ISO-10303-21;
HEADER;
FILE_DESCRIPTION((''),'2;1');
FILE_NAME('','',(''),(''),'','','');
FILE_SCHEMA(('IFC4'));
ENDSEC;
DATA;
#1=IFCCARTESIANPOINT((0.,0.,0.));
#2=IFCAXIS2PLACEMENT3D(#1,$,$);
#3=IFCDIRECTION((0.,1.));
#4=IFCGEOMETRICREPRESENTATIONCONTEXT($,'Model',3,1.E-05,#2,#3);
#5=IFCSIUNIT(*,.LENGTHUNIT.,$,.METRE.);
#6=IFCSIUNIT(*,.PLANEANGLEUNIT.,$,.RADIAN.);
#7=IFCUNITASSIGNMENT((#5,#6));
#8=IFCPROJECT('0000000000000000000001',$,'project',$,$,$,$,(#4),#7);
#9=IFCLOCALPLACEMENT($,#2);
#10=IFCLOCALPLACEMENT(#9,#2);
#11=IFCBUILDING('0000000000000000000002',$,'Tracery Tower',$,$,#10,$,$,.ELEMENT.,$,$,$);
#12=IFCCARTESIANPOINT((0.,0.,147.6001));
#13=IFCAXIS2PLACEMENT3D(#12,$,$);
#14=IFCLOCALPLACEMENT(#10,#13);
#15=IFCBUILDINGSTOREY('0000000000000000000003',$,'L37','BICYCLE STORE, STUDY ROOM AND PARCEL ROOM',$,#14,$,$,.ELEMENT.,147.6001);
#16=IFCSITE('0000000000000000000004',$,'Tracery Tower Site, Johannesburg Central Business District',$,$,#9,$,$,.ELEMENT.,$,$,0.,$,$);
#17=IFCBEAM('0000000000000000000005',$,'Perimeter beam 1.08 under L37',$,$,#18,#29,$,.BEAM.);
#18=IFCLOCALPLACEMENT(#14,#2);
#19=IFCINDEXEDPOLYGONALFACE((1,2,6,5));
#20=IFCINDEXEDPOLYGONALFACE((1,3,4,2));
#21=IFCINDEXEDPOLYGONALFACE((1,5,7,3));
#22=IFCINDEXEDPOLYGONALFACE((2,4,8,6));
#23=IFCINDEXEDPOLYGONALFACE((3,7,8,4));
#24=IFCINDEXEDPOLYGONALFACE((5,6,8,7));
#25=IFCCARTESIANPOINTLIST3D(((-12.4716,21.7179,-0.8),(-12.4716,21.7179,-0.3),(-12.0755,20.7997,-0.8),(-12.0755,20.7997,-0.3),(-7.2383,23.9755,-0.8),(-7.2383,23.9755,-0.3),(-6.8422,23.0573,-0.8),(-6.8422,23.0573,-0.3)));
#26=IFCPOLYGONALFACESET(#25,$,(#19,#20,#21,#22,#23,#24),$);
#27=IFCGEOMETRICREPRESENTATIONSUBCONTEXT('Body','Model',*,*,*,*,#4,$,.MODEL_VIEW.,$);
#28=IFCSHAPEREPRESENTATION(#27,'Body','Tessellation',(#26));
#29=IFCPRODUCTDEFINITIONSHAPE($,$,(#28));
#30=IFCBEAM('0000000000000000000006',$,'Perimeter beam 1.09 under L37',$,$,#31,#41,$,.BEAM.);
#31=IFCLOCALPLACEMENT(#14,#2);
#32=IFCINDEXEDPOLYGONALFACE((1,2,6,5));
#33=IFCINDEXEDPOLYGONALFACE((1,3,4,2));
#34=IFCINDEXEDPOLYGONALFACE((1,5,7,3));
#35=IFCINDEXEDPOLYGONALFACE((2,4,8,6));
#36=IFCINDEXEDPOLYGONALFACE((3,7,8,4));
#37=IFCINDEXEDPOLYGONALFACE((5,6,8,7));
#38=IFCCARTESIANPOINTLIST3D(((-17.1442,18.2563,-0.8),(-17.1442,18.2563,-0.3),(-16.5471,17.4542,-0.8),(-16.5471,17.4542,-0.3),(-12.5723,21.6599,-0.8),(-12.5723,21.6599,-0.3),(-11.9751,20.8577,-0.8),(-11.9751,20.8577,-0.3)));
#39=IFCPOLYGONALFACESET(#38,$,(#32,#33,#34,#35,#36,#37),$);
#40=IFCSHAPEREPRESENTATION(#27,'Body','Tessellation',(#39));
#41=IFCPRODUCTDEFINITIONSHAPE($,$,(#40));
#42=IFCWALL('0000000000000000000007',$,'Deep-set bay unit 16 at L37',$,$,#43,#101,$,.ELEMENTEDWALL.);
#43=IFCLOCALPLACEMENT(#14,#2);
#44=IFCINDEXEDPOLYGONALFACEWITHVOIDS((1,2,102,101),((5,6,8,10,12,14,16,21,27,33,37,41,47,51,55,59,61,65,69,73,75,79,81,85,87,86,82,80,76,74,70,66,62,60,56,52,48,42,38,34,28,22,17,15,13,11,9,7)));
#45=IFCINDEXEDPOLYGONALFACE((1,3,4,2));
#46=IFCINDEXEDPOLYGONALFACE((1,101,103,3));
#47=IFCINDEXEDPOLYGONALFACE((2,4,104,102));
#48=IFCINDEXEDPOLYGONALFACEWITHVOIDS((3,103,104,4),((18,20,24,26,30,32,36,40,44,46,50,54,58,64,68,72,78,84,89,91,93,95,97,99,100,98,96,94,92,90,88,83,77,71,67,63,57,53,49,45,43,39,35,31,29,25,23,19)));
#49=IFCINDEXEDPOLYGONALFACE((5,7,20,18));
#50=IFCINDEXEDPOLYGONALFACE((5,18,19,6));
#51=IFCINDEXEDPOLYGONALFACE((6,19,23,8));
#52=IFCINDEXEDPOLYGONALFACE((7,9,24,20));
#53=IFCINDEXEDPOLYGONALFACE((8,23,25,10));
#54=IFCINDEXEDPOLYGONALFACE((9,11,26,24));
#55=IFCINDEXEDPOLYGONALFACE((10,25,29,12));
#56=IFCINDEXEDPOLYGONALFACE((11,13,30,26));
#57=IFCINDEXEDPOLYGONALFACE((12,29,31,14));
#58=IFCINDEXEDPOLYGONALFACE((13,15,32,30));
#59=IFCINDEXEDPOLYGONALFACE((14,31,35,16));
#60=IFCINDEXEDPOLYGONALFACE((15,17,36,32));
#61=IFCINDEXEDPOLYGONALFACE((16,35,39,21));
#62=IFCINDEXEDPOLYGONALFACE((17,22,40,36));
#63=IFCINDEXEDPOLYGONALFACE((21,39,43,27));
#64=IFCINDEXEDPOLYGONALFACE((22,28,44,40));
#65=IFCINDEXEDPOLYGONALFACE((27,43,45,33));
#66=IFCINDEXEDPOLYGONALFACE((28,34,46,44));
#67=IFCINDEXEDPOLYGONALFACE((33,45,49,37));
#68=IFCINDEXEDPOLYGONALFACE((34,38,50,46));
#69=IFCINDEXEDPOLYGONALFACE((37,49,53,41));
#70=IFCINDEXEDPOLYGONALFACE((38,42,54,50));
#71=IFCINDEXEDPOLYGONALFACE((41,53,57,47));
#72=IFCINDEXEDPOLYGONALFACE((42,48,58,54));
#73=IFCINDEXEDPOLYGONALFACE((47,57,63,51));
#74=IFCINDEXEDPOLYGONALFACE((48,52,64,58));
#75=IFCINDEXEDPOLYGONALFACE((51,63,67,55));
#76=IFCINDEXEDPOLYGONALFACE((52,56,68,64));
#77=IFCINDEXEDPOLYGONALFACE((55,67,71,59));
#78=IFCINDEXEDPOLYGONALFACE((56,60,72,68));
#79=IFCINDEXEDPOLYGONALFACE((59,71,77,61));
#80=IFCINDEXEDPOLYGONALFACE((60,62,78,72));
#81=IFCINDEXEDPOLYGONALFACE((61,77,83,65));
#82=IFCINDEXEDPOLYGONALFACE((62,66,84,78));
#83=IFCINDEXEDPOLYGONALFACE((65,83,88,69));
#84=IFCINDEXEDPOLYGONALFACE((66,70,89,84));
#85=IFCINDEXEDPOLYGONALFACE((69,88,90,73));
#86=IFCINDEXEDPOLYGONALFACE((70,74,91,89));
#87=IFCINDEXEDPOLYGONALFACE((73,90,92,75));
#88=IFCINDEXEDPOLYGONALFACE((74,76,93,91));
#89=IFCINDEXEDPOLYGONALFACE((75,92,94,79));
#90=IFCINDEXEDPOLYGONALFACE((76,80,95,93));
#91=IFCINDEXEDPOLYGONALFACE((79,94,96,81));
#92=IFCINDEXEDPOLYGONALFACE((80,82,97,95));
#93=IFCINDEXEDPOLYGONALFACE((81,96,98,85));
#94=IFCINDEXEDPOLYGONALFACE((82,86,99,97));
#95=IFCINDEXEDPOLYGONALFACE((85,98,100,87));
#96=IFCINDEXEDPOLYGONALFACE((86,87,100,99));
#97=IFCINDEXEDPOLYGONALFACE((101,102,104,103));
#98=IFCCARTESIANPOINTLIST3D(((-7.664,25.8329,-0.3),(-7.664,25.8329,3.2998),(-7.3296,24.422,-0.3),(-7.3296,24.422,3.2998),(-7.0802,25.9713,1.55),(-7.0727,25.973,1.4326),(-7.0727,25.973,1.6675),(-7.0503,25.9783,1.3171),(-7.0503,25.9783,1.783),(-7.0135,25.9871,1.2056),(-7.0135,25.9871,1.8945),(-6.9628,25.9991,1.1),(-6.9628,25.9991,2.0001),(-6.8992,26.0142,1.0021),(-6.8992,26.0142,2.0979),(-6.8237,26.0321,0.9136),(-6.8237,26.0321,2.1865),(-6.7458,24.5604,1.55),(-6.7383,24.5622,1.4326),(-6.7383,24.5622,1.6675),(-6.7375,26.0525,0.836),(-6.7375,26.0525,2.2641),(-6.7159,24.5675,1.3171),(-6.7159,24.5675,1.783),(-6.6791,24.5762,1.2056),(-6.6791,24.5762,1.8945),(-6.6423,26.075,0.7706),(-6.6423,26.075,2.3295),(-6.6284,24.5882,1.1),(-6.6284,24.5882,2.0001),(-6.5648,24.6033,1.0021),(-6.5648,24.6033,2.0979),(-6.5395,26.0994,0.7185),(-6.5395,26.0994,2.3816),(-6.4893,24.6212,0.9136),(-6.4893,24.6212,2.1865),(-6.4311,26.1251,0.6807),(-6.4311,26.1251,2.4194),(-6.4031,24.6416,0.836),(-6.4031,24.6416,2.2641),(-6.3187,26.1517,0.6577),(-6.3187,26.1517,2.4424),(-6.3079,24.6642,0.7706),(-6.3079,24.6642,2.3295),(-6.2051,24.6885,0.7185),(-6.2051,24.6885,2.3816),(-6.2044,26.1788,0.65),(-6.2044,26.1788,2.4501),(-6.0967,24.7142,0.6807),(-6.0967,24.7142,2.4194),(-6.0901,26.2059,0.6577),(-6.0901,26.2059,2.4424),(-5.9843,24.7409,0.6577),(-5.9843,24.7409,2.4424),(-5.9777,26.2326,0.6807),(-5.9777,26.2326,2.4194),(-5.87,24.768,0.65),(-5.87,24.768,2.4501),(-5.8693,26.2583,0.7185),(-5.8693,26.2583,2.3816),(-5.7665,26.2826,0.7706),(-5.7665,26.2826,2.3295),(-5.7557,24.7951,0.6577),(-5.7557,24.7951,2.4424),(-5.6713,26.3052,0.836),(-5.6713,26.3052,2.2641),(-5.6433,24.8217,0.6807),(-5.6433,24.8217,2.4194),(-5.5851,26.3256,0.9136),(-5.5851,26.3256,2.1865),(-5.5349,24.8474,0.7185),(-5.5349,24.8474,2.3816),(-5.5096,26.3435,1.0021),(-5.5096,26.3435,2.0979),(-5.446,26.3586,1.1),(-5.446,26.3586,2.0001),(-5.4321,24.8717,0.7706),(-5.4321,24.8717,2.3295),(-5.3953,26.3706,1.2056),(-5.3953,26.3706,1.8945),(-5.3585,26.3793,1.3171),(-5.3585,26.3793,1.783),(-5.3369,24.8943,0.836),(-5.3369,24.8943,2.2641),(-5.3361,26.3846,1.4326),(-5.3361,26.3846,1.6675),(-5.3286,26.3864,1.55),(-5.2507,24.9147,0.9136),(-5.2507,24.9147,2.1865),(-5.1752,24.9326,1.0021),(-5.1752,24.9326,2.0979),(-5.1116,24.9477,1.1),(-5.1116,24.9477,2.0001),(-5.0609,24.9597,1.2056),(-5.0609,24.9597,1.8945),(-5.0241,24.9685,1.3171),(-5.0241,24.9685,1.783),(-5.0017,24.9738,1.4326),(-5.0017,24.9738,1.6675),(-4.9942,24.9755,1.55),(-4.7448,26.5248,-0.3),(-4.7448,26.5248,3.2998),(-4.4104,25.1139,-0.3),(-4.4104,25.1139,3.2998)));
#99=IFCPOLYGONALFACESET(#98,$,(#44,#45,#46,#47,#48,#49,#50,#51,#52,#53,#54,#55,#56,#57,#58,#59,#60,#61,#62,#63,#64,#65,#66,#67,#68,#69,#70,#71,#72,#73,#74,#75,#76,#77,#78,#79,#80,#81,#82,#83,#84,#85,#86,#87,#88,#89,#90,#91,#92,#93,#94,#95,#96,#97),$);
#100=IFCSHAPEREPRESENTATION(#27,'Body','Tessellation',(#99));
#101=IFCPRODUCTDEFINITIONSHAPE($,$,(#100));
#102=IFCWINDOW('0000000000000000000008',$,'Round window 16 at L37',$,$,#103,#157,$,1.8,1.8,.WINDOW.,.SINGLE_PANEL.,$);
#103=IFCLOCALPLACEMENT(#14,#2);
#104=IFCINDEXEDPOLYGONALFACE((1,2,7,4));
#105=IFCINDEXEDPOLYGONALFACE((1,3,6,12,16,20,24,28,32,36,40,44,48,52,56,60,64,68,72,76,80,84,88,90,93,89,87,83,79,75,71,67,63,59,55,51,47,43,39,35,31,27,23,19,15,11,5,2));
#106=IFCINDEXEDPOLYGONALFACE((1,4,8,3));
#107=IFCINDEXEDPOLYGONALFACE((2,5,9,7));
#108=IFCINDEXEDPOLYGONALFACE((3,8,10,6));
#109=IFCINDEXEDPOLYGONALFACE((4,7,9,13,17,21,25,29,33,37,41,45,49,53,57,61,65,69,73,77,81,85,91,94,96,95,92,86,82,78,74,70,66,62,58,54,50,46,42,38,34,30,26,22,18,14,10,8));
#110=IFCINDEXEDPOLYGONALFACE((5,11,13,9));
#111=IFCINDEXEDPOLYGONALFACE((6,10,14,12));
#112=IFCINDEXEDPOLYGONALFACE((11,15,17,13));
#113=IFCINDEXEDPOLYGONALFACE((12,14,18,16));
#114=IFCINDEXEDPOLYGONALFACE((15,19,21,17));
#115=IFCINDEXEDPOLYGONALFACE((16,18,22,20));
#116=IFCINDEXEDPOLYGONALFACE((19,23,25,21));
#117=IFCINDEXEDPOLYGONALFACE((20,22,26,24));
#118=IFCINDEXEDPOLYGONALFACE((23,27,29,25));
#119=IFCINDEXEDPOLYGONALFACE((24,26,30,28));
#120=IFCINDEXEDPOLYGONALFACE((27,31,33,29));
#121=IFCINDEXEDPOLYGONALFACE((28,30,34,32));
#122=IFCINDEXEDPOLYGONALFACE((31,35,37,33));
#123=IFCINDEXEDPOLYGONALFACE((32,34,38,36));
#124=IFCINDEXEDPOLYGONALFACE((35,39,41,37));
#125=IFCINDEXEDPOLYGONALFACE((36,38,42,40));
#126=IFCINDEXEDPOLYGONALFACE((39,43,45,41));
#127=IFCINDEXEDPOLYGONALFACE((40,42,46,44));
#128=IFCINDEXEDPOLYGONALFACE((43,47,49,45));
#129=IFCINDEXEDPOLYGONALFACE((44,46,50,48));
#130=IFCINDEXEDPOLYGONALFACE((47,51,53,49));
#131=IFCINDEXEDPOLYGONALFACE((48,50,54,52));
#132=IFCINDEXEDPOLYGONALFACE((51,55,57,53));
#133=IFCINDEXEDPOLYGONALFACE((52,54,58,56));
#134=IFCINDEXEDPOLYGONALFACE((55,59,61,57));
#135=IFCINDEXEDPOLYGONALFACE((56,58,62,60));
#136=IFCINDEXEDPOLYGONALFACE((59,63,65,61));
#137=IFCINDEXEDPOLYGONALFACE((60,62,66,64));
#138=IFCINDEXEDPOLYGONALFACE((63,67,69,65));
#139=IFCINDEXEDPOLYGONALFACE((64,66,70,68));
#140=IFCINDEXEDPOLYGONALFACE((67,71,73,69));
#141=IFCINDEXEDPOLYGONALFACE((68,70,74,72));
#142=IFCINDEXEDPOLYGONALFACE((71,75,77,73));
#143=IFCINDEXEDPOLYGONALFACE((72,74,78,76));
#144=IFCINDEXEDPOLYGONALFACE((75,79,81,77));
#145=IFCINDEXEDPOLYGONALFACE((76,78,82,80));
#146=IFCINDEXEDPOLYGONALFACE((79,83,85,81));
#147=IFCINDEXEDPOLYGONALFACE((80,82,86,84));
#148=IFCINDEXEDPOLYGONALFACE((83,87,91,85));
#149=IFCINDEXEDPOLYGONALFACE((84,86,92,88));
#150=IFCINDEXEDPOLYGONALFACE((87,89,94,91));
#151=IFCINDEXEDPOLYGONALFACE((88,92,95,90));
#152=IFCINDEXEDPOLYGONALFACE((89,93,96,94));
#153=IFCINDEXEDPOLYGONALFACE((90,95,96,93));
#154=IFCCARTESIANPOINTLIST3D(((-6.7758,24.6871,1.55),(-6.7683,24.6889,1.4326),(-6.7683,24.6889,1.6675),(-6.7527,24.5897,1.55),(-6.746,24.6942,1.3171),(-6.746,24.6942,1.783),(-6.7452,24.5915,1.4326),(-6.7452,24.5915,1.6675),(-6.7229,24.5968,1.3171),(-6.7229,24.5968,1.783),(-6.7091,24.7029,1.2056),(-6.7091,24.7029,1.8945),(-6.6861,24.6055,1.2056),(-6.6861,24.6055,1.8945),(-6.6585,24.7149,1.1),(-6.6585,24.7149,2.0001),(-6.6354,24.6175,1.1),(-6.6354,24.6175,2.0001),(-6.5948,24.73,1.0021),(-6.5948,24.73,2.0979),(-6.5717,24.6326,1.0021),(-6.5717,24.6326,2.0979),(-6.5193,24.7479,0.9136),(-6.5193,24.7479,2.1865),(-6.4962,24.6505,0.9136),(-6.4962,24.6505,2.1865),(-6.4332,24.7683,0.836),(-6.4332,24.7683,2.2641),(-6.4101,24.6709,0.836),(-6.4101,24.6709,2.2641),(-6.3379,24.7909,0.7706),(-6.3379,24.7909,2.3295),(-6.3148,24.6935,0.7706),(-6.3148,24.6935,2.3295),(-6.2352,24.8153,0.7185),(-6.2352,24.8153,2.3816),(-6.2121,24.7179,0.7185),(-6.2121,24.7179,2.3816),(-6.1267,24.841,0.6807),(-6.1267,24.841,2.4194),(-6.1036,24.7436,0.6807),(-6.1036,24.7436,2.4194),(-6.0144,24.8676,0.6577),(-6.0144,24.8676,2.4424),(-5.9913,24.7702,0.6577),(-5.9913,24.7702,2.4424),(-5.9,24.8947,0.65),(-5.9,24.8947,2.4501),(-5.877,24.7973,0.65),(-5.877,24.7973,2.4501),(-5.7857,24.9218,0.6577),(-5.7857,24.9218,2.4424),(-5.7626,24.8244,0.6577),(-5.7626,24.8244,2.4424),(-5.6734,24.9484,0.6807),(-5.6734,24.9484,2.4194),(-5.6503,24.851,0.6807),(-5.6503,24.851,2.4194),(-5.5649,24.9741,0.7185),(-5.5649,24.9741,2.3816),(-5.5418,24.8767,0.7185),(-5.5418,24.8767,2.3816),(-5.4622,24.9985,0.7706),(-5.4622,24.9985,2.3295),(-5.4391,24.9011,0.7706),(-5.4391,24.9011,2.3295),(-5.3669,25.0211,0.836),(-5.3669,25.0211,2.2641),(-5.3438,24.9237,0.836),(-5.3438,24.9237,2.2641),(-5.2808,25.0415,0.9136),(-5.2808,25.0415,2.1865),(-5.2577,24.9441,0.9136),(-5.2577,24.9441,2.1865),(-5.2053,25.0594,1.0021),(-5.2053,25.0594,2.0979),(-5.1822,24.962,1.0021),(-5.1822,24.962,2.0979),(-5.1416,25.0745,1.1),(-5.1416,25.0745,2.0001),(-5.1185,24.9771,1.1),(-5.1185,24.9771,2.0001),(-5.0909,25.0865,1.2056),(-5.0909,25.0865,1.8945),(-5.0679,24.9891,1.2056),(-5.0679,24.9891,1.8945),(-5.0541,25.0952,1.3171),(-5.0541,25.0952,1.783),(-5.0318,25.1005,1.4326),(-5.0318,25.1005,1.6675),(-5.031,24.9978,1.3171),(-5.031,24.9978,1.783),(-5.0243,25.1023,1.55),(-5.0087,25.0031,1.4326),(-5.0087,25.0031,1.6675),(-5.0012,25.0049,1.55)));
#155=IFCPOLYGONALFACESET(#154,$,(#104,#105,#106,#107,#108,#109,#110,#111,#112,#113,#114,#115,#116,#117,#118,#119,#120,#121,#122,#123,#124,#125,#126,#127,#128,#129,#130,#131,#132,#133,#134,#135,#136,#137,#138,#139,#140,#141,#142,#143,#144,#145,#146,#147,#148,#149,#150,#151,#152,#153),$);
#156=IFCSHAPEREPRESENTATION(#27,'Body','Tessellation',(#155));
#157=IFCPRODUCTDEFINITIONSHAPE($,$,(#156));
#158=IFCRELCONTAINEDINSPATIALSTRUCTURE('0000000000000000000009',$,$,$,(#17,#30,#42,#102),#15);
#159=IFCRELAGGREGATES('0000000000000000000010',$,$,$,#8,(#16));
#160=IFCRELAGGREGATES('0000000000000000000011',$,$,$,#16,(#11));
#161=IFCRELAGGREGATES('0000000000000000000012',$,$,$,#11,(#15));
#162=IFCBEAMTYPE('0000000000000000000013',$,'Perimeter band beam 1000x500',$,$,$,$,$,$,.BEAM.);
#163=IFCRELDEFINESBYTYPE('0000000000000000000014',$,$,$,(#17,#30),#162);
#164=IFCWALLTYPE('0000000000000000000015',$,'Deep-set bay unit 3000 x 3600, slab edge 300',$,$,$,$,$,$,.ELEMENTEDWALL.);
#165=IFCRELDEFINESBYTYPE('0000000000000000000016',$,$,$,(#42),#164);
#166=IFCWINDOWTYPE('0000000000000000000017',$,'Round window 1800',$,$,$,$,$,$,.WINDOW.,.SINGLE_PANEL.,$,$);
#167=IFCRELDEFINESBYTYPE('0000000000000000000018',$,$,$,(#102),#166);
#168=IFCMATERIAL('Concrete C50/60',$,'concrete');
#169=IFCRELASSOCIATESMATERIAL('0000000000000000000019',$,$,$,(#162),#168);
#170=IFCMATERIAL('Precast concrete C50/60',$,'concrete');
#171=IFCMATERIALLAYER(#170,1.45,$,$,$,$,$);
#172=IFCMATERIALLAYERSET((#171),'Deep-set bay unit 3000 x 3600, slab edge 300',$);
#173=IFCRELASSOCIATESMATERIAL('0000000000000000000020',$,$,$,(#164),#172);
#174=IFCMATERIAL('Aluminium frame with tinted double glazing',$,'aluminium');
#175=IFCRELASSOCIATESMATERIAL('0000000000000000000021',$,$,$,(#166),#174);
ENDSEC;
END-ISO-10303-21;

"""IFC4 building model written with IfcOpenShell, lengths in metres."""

from ifc_helpers import new_model, si_unit, direction, frame, frame_2d, origin, origin_2d, place, context, subcontext, project, spatial, rectangle, circle, extrude, material, layer, layer_set, material_profile, profile_set, type_object, element, fill, save


model = new_model("IFC4")

# Units and contexts
model_context = context("Model", 3, precision=1e-05, world=origin(), true_north=direction((0.0, 1.0)))
body_context = subcontext(model_context, "Body", "Model", "MODEL_VIEW")
ifc_project = project(units=[si_unit("LENGTHUNIT", "METRE"), si_unit("PLANEANGLEUNIT", "RADIAN")], contexts=[model_context])

# Site, building, storey
site_placement = place(None, origin())
site = spatial("IfcSite", under=ifc_project, at=site_placement, Name="Tracery Tower Site, Johannesburg Central Business District", CompositionType="ELEMENT", RefElevation=0.0)
building_placement = place(site_placement, origin())
building = spatial("IfcBuilding", under=site, at=building_placement, Name="Tracery Tower", CompositionType="ELEMENT")
storey_placement = place(building_placement, frame((0.0, 0.0, 147.6001)))
storey = spatial("IfcBuildingStorey", under=building, at=storey_placement, Name="L37", Description="BICYCLE STORE, STUDY ROOM AND PARCEL ROOM", CompositionType="ELEMENT", Elevation=147.6001)

# Beams
ifc_material_1 = material(Name="Concrete C50/60", Category="concrete")
ifc_material_profile_1 = material_profile(ifc_material_1, rectangle(XDim=1.0, YDim=0.5, at=origin_2d()), Name="RC 1000x500")
ifc_profile_set_1 = profile_set([ifc_material_profile_1], Name="Concrete C50/60")
beam_type = type_object("IfcBeamType", Name="Perimeter band beam 1000x500", PredefinedType="BEAM", material=ifc_profile_set_1)
beam_1_placement = place(storey_placement, frame((-7.0403, 23.5164, -0.55), z_axis=(-0.91821, -0.396095, 0.0), x_axis=(0.396095, -0.91821, 0.0)))
element("IfcBeam", 1, at=beam_1_placement, inside=storey, type_object=beam_type, Name="Perimeter beam 1.08 under L37", PredefinedType="BEAM", context=body_context, shape_type="SweptSolid", body=[
    extrude(rectangle(XDim=1.0, YDim=0.5, at=origin_2d()), origin(), (0.0, 0.0, 1.0), 5.6995),
])
beam_2_placement = place(storey_placement, frame((-12.2737, 21.2588, -0.55), z_axis=(-0.802138, -0.597138, 0.0), x_axis=(0.597138, -0.802138, 0.0)))
element("IfcBeam", 2, at=beam_2_placement, inside=storey, type_object=beam_type, Name="Perimeter beam 1.09 under L37", PredefinedType="BEAM", context=body_context, shape_type="SweptSolid", body=[
    extrude(rectangle(XDim=1.0, YDim=0.5, at=origin_2d()), origin(), (0.0, 0.0, 1.0), 5.6997),
])

# Wall, opening, window
ifc_material_2 = material(Name="Precast concrete C50/60", Category="concrete")
ifc_layer_1 = layer(ifc_material_2, 1.45)
ifc_layer_set_1 = layer_set([ifc_layer_1], Name="Deep-set bay unit 3000 x 3600, slab edge 300")
wall_type_1 = type_object("IfcWallType", Name="Deep-set bay unit 3000 x 3600, slab edge 300", PredefinedType="ELEMENTEDWALL", material=ifc_layer_set_1)
wall_1_placement = place(storey_placement, frame((-4.5776, 25.8193, -0.3), z_axis=(0.0, 0.0, 1.0), x_axis=(-0.973042, -0.230627, 0.0)))
wall_1 = element("IfcWall", 3, at=wall_1_placement, inside=storey, type_object=wall_type_1, Name="Deep-set bay unit 16 at L37", PredefinedType="ELEMENTEDWALL", context=body_context, shape_type="SweptSolid", body=[
    extrude(rectangle(XDim=3.0, YDim=1.45, at=frame_2d((1.5, 0.0))), origin(), (0.0, 0.0, 1.0), 3.5999),
])
opening_1_placement = place(wall_1_placement, frame((1.5, 0.0, 1.8501)))
opening_1 = element("IfcOpeningElement", 4, at=opening_1_placement, cuts=wall_1, PredefinedType="OPENING", context=body_context, shape_type="SweptSolid", body=[
    extrude(circle(Radius=0.9, at=origin_2d()), frame((0.0, 0.7349, 0.0), z_axis=(0.0, -1.0, 0.0), x_axis=(1.0, 0.0, 0.0)), (0.0, 0.0, 1.0), 1.47),
])
ifc_material_3 = material(Name="Aluminium frame with tinted double glazing", Category="aluminium")
window_type = type_object("IfcWindowType", Name="Round window 1800", PartitioningType="SINGLE_PANEL", PredefinedType="WINDOW", material=ifc_material_3)
window_1_placement = place(opening_1_placement, origin())
window_1 = element("IfcWindow", 5, at=window_1_placement, inside=storey, type_object=window_type, Name="Round window 16 at L37", OverallHeight=1.8, OverallWidth=1.8, PartitioningType="SINGLE_PANEL", PredefinedType="WINDOW", context=body_context, shape_type="SweptSolid", body=[
    extrude(circle(Radius=0.9, at=origin_2d()), frame((0.0, 0.6948, 0.0), z_axis=(0.0, -1.0, 0.0), x_axis=(1.0, 0.0, 0.0)), (0.0, 0.0, 1.0), 0.1001),
])
fill(opening_1, window_1)

save(model, "model.ifc")
